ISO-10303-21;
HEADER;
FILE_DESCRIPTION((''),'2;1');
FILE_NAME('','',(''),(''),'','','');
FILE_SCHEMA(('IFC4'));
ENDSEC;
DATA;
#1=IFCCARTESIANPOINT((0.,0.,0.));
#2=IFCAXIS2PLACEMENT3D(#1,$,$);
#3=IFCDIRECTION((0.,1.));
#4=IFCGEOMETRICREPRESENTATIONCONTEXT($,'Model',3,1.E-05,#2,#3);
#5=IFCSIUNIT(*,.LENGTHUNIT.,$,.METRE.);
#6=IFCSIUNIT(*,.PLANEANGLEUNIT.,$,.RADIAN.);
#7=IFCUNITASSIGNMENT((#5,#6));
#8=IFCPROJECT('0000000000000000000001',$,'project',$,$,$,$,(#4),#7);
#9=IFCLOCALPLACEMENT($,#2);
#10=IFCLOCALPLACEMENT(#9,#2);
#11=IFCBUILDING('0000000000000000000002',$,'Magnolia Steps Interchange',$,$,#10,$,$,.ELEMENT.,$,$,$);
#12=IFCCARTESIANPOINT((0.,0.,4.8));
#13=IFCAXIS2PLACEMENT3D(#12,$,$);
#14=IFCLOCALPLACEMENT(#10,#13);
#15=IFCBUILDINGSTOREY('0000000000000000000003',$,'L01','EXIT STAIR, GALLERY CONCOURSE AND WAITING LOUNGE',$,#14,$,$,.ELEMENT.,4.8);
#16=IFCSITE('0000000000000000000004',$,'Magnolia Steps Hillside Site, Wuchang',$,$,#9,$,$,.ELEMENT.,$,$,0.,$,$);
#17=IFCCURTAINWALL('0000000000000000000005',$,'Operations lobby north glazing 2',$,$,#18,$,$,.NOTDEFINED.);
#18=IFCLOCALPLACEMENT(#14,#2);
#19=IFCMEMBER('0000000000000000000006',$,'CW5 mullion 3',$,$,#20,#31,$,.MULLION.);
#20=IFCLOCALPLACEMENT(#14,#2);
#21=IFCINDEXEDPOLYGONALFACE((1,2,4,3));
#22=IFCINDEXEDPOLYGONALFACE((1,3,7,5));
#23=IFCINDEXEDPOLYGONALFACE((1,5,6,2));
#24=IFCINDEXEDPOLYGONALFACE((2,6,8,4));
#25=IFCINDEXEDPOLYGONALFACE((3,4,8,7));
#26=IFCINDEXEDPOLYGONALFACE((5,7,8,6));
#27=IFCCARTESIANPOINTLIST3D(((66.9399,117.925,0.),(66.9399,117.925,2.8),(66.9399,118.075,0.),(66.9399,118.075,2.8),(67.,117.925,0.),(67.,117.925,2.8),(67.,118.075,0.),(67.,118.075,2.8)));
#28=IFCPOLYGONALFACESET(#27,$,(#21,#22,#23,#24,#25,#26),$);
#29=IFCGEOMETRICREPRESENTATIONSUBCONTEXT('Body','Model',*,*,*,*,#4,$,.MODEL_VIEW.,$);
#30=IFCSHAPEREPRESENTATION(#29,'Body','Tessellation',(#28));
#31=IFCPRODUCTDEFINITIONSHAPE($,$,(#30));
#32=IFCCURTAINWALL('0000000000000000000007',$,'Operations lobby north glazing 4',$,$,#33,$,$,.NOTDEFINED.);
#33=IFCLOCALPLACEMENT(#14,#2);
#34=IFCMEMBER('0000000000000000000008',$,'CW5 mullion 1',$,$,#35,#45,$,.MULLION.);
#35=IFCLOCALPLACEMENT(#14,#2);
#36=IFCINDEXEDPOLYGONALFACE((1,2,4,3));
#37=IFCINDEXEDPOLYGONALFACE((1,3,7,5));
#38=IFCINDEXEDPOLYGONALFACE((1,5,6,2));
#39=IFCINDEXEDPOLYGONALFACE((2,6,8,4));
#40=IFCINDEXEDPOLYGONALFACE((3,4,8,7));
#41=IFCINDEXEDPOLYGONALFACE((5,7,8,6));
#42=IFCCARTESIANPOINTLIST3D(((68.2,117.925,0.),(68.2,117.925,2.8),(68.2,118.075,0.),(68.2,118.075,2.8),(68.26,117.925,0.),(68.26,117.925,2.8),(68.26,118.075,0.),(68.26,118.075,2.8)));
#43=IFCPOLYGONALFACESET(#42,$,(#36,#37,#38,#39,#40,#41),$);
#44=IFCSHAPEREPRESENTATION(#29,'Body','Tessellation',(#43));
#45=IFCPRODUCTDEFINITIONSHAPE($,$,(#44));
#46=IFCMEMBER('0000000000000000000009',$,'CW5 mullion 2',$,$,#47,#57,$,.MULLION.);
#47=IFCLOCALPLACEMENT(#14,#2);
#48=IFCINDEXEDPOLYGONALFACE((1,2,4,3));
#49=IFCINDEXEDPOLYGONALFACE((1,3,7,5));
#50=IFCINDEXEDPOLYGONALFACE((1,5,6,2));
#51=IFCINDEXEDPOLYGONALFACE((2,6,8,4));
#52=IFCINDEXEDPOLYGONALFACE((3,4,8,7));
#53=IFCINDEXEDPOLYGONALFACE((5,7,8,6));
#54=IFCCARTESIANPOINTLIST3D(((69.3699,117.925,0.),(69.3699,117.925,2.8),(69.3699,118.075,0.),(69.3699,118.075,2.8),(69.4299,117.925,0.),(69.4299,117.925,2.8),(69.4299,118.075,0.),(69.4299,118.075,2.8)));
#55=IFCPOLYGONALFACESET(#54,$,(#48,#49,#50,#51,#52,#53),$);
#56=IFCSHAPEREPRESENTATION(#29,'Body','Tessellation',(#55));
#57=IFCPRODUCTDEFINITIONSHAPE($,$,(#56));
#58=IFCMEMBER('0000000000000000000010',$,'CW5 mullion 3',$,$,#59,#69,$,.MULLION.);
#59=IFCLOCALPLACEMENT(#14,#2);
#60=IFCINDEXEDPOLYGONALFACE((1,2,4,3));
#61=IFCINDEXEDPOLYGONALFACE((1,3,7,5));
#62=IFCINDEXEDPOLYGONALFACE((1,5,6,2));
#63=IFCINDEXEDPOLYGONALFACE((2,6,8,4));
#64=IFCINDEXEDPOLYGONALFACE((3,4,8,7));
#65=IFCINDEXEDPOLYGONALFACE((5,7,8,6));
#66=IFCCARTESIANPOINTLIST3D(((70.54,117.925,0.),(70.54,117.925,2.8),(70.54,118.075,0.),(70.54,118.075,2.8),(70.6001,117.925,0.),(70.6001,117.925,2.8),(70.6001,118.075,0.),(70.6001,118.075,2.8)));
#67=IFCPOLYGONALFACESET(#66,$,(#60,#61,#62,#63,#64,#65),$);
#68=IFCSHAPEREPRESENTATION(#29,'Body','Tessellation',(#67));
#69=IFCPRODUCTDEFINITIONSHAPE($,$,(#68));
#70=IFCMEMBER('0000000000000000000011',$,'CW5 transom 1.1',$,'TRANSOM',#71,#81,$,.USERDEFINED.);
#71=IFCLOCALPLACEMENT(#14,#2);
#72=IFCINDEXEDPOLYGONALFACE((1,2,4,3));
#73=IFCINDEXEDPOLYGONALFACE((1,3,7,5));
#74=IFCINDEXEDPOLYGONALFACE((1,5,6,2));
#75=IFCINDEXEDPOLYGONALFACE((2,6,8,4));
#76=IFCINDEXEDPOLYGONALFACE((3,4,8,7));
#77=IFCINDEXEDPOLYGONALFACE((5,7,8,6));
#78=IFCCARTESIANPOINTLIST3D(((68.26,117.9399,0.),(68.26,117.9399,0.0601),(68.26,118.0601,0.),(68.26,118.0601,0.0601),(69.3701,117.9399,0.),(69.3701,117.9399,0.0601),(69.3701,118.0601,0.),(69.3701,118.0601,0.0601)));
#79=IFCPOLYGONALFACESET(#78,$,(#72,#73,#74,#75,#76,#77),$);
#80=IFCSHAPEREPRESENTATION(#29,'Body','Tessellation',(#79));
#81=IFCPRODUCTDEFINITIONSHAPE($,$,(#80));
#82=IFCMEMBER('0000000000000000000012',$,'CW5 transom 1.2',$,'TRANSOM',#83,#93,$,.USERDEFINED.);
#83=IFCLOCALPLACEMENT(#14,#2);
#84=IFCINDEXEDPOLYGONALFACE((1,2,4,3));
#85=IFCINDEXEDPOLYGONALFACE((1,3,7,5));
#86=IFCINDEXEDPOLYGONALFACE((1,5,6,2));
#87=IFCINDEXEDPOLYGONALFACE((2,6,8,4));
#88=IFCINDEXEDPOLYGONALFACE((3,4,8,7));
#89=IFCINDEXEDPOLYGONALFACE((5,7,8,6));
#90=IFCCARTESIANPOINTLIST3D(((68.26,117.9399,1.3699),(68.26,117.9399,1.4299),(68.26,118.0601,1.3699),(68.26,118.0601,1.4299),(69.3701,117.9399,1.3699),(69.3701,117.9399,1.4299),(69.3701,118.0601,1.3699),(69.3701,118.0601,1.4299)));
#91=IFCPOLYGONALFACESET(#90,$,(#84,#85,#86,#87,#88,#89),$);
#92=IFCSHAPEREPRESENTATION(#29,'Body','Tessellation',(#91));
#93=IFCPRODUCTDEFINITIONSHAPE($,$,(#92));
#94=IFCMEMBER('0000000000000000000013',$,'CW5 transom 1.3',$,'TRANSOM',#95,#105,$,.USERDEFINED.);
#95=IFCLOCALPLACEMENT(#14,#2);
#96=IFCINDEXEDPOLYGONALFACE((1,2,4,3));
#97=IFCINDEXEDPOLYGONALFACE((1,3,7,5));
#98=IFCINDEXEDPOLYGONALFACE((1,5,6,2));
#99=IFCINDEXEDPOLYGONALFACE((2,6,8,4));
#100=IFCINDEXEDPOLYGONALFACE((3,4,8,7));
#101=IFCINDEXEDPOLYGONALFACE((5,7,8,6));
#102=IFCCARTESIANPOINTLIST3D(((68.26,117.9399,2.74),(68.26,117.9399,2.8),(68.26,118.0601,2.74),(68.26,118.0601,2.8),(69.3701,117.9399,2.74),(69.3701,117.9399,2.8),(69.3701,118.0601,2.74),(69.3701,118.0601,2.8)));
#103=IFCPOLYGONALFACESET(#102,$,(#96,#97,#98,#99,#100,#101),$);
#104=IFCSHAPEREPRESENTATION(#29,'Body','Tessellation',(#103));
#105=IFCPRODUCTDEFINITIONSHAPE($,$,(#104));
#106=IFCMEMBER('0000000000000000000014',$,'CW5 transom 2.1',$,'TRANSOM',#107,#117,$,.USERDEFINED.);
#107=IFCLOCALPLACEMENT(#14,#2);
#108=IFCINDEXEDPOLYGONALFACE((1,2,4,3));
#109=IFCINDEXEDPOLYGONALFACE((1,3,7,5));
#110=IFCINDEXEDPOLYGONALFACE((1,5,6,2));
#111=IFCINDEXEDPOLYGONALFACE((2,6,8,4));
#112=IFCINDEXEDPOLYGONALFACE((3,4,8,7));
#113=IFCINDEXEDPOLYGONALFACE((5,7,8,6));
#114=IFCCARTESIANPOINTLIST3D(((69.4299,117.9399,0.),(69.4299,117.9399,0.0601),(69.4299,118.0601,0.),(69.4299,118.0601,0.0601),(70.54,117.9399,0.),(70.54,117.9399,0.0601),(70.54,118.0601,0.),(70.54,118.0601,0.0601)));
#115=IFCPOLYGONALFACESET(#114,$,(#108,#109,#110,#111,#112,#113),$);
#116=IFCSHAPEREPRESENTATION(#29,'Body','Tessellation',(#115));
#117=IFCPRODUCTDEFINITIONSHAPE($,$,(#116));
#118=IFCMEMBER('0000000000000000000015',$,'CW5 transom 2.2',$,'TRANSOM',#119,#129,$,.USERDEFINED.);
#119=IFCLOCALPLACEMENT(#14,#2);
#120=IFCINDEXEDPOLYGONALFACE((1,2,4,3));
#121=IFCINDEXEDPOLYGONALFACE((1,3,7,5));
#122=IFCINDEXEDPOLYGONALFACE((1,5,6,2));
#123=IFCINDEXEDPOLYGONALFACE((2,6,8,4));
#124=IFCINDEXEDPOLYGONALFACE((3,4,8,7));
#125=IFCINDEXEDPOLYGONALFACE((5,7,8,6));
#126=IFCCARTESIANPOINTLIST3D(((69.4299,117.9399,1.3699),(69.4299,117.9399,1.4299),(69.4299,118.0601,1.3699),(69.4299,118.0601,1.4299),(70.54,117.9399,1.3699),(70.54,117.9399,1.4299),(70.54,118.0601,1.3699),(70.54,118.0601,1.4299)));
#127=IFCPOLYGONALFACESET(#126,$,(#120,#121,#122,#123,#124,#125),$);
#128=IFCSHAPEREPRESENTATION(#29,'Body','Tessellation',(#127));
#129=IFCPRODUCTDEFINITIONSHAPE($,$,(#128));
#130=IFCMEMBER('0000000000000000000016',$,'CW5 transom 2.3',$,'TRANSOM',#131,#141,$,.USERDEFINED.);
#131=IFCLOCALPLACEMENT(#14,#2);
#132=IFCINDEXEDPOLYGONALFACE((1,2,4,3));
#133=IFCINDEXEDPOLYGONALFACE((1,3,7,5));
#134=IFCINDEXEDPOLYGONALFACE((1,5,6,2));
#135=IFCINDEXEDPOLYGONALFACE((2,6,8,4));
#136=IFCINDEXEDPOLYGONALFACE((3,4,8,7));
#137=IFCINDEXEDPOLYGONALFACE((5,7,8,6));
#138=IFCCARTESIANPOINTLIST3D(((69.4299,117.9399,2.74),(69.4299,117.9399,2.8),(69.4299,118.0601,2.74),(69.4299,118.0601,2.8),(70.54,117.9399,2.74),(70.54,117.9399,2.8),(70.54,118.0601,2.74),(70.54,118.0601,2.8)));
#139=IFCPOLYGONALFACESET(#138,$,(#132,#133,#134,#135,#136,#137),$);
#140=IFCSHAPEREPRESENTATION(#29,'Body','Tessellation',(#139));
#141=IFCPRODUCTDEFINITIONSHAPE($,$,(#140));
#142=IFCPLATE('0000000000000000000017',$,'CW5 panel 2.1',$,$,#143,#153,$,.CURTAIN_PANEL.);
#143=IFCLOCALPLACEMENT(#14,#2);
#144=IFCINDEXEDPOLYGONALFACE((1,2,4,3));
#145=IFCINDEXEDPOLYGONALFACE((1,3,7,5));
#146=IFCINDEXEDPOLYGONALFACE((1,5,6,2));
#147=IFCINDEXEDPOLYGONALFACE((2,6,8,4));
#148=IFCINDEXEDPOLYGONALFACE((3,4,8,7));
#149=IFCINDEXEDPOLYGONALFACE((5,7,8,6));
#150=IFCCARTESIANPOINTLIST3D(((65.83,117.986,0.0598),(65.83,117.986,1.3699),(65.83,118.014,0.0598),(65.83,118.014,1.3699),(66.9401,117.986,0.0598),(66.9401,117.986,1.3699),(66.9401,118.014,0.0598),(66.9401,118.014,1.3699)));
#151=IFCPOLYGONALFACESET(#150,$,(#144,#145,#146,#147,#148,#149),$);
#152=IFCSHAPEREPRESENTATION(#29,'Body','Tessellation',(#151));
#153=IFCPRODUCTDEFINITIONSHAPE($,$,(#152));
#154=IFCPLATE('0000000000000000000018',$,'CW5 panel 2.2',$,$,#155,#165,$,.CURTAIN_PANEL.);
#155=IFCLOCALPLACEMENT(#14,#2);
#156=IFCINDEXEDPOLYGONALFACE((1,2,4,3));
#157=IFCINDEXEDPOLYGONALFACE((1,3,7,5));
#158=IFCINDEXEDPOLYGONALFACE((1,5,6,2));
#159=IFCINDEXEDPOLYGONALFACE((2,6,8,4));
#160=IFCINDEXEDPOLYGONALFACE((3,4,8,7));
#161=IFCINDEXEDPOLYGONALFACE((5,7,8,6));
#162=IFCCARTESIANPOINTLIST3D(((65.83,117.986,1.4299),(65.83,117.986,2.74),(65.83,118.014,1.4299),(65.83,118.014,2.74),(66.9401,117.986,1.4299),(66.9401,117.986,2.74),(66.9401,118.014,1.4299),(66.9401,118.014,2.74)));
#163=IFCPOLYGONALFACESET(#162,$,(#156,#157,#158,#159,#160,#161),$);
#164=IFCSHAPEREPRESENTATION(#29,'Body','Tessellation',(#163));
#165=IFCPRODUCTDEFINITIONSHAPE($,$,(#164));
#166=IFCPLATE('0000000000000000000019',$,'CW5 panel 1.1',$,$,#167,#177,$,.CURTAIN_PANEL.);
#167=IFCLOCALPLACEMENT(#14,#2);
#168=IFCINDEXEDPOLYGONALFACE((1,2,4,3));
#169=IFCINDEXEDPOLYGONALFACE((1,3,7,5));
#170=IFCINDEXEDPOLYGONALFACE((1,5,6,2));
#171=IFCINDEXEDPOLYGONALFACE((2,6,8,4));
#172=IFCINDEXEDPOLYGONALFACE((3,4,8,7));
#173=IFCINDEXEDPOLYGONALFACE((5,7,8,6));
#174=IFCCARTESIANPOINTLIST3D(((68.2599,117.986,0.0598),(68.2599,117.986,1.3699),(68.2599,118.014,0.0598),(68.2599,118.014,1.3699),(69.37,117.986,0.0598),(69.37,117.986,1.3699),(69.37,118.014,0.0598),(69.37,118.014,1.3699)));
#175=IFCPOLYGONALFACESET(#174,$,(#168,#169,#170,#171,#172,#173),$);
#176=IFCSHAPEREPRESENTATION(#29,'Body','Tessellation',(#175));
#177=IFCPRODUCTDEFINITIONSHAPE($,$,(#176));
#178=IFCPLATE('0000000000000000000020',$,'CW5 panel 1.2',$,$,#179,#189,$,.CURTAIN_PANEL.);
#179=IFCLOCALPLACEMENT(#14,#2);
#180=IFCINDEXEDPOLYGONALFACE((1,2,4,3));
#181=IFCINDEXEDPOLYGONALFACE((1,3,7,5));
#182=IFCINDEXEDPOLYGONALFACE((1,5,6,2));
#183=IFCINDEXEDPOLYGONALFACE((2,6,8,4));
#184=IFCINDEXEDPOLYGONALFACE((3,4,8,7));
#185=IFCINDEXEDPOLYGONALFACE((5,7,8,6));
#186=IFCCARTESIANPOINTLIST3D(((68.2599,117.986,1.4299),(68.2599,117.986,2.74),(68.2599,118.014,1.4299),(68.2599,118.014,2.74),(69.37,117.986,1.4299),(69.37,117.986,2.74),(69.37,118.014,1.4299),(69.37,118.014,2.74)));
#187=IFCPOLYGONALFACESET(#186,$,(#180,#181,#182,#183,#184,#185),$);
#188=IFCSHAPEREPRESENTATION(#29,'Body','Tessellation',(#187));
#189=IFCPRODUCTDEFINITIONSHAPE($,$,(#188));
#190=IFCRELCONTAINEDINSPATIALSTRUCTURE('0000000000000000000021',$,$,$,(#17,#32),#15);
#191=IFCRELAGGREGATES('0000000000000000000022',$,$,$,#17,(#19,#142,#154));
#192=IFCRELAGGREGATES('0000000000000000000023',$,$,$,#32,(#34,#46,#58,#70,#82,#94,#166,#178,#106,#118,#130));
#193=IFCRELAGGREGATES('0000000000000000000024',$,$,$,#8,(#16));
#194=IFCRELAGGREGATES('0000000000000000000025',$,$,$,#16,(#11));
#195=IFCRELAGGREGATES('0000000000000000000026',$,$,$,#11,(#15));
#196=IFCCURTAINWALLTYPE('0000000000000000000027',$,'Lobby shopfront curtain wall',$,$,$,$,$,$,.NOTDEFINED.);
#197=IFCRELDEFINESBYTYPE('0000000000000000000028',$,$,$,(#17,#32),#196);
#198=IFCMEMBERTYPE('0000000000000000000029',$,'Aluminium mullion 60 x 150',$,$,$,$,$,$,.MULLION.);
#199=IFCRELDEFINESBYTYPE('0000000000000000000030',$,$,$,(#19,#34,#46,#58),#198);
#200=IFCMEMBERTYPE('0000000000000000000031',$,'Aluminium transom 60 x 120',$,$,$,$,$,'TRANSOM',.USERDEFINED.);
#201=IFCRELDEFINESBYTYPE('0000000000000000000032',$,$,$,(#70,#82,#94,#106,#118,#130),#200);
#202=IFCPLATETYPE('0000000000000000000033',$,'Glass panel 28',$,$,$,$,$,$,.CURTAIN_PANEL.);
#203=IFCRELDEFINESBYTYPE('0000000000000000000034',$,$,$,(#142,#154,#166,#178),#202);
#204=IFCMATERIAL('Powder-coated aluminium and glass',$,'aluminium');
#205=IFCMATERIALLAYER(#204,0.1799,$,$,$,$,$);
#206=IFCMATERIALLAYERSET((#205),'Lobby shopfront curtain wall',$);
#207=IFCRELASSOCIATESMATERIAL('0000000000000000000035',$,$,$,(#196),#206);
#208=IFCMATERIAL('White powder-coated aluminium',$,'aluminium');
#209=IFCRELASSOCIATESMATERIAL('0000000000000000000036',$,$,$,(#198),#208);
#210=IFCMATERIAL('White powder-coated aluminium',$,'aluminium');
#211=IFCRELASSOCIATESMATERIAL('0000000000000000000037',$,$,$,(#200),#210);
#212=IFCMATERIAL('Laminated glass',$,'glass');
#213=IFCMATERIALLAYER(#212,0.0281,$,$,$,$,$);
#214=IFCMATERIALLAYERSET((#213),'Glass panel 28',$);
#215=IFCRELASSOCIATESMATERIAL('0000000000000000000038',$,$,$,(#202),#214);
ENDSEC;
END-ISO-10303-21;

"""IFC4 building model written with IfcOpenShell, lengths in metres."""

from ifc_helpers import new_model, si_unit, direction, frame, origin, origin_2d, place, context, subcontext, project, spatial, rectangle, extrude, material, layer, layer_set, material_profile, profile_set, type_object, element, aggregate, save


model = new_model("IFC4")

# Units and contexts
model_context = context("Model", 3, precision=1e-05, world=origin(), true_north=direction((0.0, 1.0)))
body_context = subcontext(model_context, "Body", "Model", "MODEL_VIEW")
ifc_project = project(units=[si_unit("LENGTHUNIT", "METRE"), si_unit("PLANEANGLEUNIT", "RADIAN")], contexts=[model_context])

# Site, building, storey
site_placement = place(None, origin())
site = spatial("IfcSite", under=ifc_project, at=site_placement, Name="Magnolia Steps Hillside Site, Wuchang", CompositionType="ELEMENT", RefElevation=0.0)
building_placement = place(site_placement, origin())
building = spatial("IfcBuilding", under=site, at=building_placement, Name="Magnolia Steps Interchange", CompositionType="ELEMENT")
storey_placement = place(building_placement, frame((0.0, 0.0, 4.8)))
storey = spatial("IfcBuildingStorey", under=building, at=storey_placement, Name="L01", Description="EXIT STAIR, GALLERY CONCOURSE AND WAITING LOUNGE", CompositionType="ELEMENT", Elevation=4.8)

# Curtain wall, member
ifc_material_1 = material(Name="Powder-coated aluminium and glass", Category="aluminium")
ifc_layer_1 = layer(ifc_material_1, 0.1799)
ifc_layer_set_1 = layer_set([ifc_layer_1], Name="Lobby shopfront curtain wall")
curtain_wall_type = type_object("IfcCurtainWallType", Name="Lobby shopfront curtain wall", PredefinedType="NOTDEFINED", material=ifc_layer_set_1)
curtain_wall_1_placement = place(storey_placement, origin())
curtain_wall_1 = element("IfcCurtainWall", 1, at=curtain_wall_1_placement, inside=storey, type_object=curtain_wall_type, Name="Operations lobby north glazing 2", PredefinedType="NOTDEFINED")
ifc_material_2 = material(Name="White powder-coated aluminium", Category="aluminium")
ifc_material_profile_1 = material_profile(ifc_material_2, rectangle(XDim=0.0601, YDim=0.1499, at=origin_2d()), Name="Aluminium mullion 60 x 150")
ifc_profile_set_1 = profile_set([ifc_material_profile_1], Name="White powder-coated aluminium")
member_type_1 = type_object("IfcMemberType", Name="Aluminium mullion 60 x 150", PredefinedType="MULLION", material=ifc_profile_set_1)
member_1_placement = place(storey_placement, frame((66.97, 118.0, 0.0), z_axis=(0.0, 0.0, 1.0), x_axis=(1.0, 0.0, 0.0)))
member_1 = element("IfcMember", 2, at=member_1_placement, type_object=member_type_1, Name="CW5 mullion 3", PredefinedType="MULLION", context=body_context, shape_type="SweptSolid", body=[
    extrude(rectangle(XDim=0.0601, YDim=0.1499, at=origin_2d()), origin(), (0.0, 0.0, 1.0), 2.8),
])

# Curtain wall, members
curtain_wall_2_placement = place(storey_placement, origin())
curtain_wall_2 = element("IfcCurtainWall", 3, at=curtain_wall_2_placement, inside=storey, type_object=curtain_wall_type, Name="Operations lobby north glazing 4", PredefinedType="NOTDEFINED")
member_2_placement = place(storey_placement, frame((68.23, 118.0, 0.0), z_axis=(0.0, 0.0, 1.0), x_axis=(1.0, 0.0, 0.0)))
member_2 = element("IfcMember", 4, at=member_2_placement, type_object=member_type_1, Name="CW5 mullion 1", PredefinedType="MULLION", context=body_context, shape_type="SweptSolid", body=[
    extrude(rectangle(XDim=0.0601, YDim=0.1499, at=origin_2d()), origin(), (0.0, 0.0, 1.0), 2.8),
])
member_3_placement = place(storey_placement, frame((69.3999, 118.0, 0.0), z_axis=(0.0, 0.0, 1.0), x_axis=(1.0, 0.0, 0.0)))
member_3 = element("IfcMember", 5, at=member_3_placement, type_object=member_type_1, Name="CW5 mullion 2", PredefinedType="MULLION", context=body_context, shape_type="SweptSolid", body=[
    extrude(rectangle(XDim=0.0601, YDim=0.1499, at=origin_2d()), origin(), (0.0, 0.0, 1.0), 2.8),
])
member_4_placement = place(storey_placement, frame((70.5701, 118.0, 0.0), z_axis=(0.0, 0.0, 1.0), x_axis=(1.0, 0.0, 0.0)))
member_4 = element("IfcMember", 6, at=member_4_placement, type_object=member_type_1, Name="CW5 mullion 3", PredefinedType="MULLION", context=body_context, shape_type="SweptSolid", body=[
    extrude(rectangle(XDim=0.0601, YDim=0.1499, at=origin_2d()), origin(), (0.0, 0.0, 1.0), 2.8),
])
ifc_material_3 = material(Name="White powder-coated aluminium", Category="aluminium")
ifc_material_profile_2 = material_profile(ifc_material_3, rectangle(XDim=0.0601, YDim=0.1201, at=origin_2d()), Name="Aluminium transom 60 x 120")
ifc_profile_set_2 = profile_set([ifc_material_profile_2], Name="White powder-coated aluminium")
member_type_2 = type_object("IfcMemberType", Name="Aluminium transom 60 x 120", ElementType="TRANSOM", PredefinedType="USERDEFINED", material=ifc_profile_set_2)
member_5_placement = place(storey_placement, frame((68.26, 118.0, 0.03), z_axis=(1.0, 0.0, 0.0), x_axis=(0.0, 0.0, 1.0)))
member_5 = element("IfcMember", 7, at=member_5_placement, type_object=member_type_2, Name="CW5 transom 1.1", ObjectType="TRANSOM", PredefinedType="USERDEFINED", context=body_context, shape_type="SweptSolid", body=[
    extrude(rectangle(XDim=0.0601, YDim=0.1201, at=origin_2d()), origin(), (0.0, 0.0, 1.0), 1.1101),
])
member_6_placement = place(storey_placement, frame((68.26, 118.0, 1.3999), z_axis=(1.0, 0.0, 0.0), x_axis=(0.0, 0.0, 1.0)))
member_6 = element("IfcMember", 8, at=member_6_placement, type_object=member_type_2, Name="CW5 transom 1.2", ObjectType="TRANSOM", PredefinedType="USERDEFINED", context=body_context, shape_type="SweptSolid", body=[
    extrude(rectangle(XDim=0.0601, YDim=0.1201, at=origin_2d()), origin(), (0.0, 0.0, 1.0), 1.1101),
])
member_7_placement = place(storey_placement, frame((68.26, 118.0, 2.77), z_axis=(1.0, 0.0, 0.0), x_axis=(0.0, 0.0, 1.0)))
member_7 = element("IfcMember", 9, at=member_7_placement, type_object=member_type_2, Name="CW5 transom 1.3", ObjectType="TRANSOM", PredefinedType="USERDEFINED", context=body_context, shape_type="SweptSolid", body=[
    extrude(rectangle(XDim=0.0601, YDim=0.1201, at=origin_2d()), origin(), (0.0, 0.0, 1.0), 1.1101),
])
member_8_placement = place(storey_placement, frame((69.4299, 118.0, 0.03), z_axis=(1.0, 0.0, 0.0), x_axis=(0.0, 0.0, 1.0)))
member_8 = element("IfcMember", 10, at=member_8_placement, type_object=member_type_2, Name="CW5 transom 2.1", ObjectType="TRANSOM", PredefinedType="USERDEFINED", context=body_context, shape_type="SweptSolid", body=[
    extrude(rectangle(XDim=0.0601, YDim=0.1201, at=origin_2d()), origin(), (0.0, 0.0, 1.0), 1.1101),
])
member_9_placement = place(storey_placement, frame((69.4299, 118.0, 1.3999), z_axis=(1.0, 0.0, 0.0), x_axis=(0.0, 0.0, 1.0)))
member_9 = element("IfcMember", 11, at=member_9_placement, type_object=member_type_2, Name="CW5 transom 2.2", ObjectType="TRANSOM", PredefinedType="USERDEFINED", context=body_context, shape_type="SweptSolid", body=[
    extrude(rectangle(XDim=0.0601, YDim=0.1201, at=origin_2d()), origin(), (0.0, 0.0, 1.0), 1.1101),
])
member_10_placement = place(storey_placement, frame((69.4299, 118.0, 2.77), z_axis=(1.0, 0.0, 0.0), x_axis=(0.0, 0.0, 1.0)))
member_10 = element("IfcMember", 12, at=member_10_placement, type_object=member_type_2, Name="CW5 transom 2.3", ObjectType="TRANSOM", PredefinedType="USERDEFINED", context=body_context, shape_type="SweptSolid", body=[
    extrude(rectangle(XDim=0.0601, YDim=0.1201, at=origin_2d()), origin(), (0.0, 0.0, 1.0), 1.1101),
])

# Plates
ifc_material_4 = material(Name="Laminated glass", Category="glass")
ifc_layer_2 = layer(ifc_material_4, 0.0281)
ifc_layer_set_2 = layer_set([ifc_layer_2], Name="Glass panel 28")
plate_type = type_object("IfcPlateType", Name="Glass panel 28", PredefinedType="CURTAIN_PANEL", material=ifc_layer_set_2)
plate_1_placement = place(storey_placement, frame((66.385, 118.0, 0.0598), z_axis=(0.0, 0.0, 1.0), x_axis=(1.0, 0.0, 0.0)))
plate_1 = element("IfcPlate", 13, at=plate_1_placement, type_object=plate_type, Name="CW5 panel 2.1", PredefinedType="CURTAIN_PANEL", context=body_context, shape_type="SweptSolid", body=[
    extrude(rectangle(XDim=1.1101, YDim=0.0281, at=origin_2d()), origin(), (0.0, 0.0, 1.0), 1.3101),
])
plate_2_placement = place(storey_placement, frame((66.385, 118.0, 1.4299), z_axis=(0.0, 0.0, 1.0), x_axis=(1.0, 0.0, 0.0)))
plate_2 = element("IfcPlate", 14, at=plate_2_placement, type_object=plate_type, Name="CW5 panel 2.2", PredefinedType="CURTAIN_PANEL", context=body_context, shape_type="SweptSolid", body=[
    extrude(rectangle(XDim=1.1101, YDim=0.0281, at=origin_2d()), origin(), (0.0, 0.0, 1.0), 1.3101),
])
aggregate(curtain_wall_1, [member_1, plate_1, plate_2])
plate_3_placement = place(storey_placement, frame((68.8149, 118.0, 0.0598), z_axis=(0.0, 0.0, 1.0), x_axis=(1.0, 0.0, 0.0)))
plate_3 = element("IfcPlate", 15, at=plate_3_placement, type_object=plate_type, Name="CW5 panel 1.1", PredefinedType="CURTAIN_PANEL", context=body_context, shape_type="SweptSolid", body=[
    extrude(rectangle(XDim=1.1101, YDim=0.0281, at=origin_2d()), origin(), (0.0, 0.0, 1.0), 1.3101),
])
plate_4_placement = place(storey_placement, frame((68.8149, 118.0, 1.4299), z_axis=(0.0, 0.0, 1.0), x_axis=(1.0, 0.0, 0.0)))
plate_4 = element("IfcPlate", 16, at=plate_4_placement, type_object=plate_type, Name="CW5 panel 1.2", PredefinedType="CURTAIN_PANEL", context=body_context, shape_type="SweptSolid", body=[
    extrude(rectangle(XDim=1.1101, YDim=0.0281, at=origin_2d()), origin(), (0.0, 0.0, 1.0), 1.3101),
])
aggregate(curtain_wall_2, [member_2, member_3, member_4, member_5, member_6, member_7, plate_3, plate_4, member_8, member_9, member_10])

save(model, "model.ifc")
